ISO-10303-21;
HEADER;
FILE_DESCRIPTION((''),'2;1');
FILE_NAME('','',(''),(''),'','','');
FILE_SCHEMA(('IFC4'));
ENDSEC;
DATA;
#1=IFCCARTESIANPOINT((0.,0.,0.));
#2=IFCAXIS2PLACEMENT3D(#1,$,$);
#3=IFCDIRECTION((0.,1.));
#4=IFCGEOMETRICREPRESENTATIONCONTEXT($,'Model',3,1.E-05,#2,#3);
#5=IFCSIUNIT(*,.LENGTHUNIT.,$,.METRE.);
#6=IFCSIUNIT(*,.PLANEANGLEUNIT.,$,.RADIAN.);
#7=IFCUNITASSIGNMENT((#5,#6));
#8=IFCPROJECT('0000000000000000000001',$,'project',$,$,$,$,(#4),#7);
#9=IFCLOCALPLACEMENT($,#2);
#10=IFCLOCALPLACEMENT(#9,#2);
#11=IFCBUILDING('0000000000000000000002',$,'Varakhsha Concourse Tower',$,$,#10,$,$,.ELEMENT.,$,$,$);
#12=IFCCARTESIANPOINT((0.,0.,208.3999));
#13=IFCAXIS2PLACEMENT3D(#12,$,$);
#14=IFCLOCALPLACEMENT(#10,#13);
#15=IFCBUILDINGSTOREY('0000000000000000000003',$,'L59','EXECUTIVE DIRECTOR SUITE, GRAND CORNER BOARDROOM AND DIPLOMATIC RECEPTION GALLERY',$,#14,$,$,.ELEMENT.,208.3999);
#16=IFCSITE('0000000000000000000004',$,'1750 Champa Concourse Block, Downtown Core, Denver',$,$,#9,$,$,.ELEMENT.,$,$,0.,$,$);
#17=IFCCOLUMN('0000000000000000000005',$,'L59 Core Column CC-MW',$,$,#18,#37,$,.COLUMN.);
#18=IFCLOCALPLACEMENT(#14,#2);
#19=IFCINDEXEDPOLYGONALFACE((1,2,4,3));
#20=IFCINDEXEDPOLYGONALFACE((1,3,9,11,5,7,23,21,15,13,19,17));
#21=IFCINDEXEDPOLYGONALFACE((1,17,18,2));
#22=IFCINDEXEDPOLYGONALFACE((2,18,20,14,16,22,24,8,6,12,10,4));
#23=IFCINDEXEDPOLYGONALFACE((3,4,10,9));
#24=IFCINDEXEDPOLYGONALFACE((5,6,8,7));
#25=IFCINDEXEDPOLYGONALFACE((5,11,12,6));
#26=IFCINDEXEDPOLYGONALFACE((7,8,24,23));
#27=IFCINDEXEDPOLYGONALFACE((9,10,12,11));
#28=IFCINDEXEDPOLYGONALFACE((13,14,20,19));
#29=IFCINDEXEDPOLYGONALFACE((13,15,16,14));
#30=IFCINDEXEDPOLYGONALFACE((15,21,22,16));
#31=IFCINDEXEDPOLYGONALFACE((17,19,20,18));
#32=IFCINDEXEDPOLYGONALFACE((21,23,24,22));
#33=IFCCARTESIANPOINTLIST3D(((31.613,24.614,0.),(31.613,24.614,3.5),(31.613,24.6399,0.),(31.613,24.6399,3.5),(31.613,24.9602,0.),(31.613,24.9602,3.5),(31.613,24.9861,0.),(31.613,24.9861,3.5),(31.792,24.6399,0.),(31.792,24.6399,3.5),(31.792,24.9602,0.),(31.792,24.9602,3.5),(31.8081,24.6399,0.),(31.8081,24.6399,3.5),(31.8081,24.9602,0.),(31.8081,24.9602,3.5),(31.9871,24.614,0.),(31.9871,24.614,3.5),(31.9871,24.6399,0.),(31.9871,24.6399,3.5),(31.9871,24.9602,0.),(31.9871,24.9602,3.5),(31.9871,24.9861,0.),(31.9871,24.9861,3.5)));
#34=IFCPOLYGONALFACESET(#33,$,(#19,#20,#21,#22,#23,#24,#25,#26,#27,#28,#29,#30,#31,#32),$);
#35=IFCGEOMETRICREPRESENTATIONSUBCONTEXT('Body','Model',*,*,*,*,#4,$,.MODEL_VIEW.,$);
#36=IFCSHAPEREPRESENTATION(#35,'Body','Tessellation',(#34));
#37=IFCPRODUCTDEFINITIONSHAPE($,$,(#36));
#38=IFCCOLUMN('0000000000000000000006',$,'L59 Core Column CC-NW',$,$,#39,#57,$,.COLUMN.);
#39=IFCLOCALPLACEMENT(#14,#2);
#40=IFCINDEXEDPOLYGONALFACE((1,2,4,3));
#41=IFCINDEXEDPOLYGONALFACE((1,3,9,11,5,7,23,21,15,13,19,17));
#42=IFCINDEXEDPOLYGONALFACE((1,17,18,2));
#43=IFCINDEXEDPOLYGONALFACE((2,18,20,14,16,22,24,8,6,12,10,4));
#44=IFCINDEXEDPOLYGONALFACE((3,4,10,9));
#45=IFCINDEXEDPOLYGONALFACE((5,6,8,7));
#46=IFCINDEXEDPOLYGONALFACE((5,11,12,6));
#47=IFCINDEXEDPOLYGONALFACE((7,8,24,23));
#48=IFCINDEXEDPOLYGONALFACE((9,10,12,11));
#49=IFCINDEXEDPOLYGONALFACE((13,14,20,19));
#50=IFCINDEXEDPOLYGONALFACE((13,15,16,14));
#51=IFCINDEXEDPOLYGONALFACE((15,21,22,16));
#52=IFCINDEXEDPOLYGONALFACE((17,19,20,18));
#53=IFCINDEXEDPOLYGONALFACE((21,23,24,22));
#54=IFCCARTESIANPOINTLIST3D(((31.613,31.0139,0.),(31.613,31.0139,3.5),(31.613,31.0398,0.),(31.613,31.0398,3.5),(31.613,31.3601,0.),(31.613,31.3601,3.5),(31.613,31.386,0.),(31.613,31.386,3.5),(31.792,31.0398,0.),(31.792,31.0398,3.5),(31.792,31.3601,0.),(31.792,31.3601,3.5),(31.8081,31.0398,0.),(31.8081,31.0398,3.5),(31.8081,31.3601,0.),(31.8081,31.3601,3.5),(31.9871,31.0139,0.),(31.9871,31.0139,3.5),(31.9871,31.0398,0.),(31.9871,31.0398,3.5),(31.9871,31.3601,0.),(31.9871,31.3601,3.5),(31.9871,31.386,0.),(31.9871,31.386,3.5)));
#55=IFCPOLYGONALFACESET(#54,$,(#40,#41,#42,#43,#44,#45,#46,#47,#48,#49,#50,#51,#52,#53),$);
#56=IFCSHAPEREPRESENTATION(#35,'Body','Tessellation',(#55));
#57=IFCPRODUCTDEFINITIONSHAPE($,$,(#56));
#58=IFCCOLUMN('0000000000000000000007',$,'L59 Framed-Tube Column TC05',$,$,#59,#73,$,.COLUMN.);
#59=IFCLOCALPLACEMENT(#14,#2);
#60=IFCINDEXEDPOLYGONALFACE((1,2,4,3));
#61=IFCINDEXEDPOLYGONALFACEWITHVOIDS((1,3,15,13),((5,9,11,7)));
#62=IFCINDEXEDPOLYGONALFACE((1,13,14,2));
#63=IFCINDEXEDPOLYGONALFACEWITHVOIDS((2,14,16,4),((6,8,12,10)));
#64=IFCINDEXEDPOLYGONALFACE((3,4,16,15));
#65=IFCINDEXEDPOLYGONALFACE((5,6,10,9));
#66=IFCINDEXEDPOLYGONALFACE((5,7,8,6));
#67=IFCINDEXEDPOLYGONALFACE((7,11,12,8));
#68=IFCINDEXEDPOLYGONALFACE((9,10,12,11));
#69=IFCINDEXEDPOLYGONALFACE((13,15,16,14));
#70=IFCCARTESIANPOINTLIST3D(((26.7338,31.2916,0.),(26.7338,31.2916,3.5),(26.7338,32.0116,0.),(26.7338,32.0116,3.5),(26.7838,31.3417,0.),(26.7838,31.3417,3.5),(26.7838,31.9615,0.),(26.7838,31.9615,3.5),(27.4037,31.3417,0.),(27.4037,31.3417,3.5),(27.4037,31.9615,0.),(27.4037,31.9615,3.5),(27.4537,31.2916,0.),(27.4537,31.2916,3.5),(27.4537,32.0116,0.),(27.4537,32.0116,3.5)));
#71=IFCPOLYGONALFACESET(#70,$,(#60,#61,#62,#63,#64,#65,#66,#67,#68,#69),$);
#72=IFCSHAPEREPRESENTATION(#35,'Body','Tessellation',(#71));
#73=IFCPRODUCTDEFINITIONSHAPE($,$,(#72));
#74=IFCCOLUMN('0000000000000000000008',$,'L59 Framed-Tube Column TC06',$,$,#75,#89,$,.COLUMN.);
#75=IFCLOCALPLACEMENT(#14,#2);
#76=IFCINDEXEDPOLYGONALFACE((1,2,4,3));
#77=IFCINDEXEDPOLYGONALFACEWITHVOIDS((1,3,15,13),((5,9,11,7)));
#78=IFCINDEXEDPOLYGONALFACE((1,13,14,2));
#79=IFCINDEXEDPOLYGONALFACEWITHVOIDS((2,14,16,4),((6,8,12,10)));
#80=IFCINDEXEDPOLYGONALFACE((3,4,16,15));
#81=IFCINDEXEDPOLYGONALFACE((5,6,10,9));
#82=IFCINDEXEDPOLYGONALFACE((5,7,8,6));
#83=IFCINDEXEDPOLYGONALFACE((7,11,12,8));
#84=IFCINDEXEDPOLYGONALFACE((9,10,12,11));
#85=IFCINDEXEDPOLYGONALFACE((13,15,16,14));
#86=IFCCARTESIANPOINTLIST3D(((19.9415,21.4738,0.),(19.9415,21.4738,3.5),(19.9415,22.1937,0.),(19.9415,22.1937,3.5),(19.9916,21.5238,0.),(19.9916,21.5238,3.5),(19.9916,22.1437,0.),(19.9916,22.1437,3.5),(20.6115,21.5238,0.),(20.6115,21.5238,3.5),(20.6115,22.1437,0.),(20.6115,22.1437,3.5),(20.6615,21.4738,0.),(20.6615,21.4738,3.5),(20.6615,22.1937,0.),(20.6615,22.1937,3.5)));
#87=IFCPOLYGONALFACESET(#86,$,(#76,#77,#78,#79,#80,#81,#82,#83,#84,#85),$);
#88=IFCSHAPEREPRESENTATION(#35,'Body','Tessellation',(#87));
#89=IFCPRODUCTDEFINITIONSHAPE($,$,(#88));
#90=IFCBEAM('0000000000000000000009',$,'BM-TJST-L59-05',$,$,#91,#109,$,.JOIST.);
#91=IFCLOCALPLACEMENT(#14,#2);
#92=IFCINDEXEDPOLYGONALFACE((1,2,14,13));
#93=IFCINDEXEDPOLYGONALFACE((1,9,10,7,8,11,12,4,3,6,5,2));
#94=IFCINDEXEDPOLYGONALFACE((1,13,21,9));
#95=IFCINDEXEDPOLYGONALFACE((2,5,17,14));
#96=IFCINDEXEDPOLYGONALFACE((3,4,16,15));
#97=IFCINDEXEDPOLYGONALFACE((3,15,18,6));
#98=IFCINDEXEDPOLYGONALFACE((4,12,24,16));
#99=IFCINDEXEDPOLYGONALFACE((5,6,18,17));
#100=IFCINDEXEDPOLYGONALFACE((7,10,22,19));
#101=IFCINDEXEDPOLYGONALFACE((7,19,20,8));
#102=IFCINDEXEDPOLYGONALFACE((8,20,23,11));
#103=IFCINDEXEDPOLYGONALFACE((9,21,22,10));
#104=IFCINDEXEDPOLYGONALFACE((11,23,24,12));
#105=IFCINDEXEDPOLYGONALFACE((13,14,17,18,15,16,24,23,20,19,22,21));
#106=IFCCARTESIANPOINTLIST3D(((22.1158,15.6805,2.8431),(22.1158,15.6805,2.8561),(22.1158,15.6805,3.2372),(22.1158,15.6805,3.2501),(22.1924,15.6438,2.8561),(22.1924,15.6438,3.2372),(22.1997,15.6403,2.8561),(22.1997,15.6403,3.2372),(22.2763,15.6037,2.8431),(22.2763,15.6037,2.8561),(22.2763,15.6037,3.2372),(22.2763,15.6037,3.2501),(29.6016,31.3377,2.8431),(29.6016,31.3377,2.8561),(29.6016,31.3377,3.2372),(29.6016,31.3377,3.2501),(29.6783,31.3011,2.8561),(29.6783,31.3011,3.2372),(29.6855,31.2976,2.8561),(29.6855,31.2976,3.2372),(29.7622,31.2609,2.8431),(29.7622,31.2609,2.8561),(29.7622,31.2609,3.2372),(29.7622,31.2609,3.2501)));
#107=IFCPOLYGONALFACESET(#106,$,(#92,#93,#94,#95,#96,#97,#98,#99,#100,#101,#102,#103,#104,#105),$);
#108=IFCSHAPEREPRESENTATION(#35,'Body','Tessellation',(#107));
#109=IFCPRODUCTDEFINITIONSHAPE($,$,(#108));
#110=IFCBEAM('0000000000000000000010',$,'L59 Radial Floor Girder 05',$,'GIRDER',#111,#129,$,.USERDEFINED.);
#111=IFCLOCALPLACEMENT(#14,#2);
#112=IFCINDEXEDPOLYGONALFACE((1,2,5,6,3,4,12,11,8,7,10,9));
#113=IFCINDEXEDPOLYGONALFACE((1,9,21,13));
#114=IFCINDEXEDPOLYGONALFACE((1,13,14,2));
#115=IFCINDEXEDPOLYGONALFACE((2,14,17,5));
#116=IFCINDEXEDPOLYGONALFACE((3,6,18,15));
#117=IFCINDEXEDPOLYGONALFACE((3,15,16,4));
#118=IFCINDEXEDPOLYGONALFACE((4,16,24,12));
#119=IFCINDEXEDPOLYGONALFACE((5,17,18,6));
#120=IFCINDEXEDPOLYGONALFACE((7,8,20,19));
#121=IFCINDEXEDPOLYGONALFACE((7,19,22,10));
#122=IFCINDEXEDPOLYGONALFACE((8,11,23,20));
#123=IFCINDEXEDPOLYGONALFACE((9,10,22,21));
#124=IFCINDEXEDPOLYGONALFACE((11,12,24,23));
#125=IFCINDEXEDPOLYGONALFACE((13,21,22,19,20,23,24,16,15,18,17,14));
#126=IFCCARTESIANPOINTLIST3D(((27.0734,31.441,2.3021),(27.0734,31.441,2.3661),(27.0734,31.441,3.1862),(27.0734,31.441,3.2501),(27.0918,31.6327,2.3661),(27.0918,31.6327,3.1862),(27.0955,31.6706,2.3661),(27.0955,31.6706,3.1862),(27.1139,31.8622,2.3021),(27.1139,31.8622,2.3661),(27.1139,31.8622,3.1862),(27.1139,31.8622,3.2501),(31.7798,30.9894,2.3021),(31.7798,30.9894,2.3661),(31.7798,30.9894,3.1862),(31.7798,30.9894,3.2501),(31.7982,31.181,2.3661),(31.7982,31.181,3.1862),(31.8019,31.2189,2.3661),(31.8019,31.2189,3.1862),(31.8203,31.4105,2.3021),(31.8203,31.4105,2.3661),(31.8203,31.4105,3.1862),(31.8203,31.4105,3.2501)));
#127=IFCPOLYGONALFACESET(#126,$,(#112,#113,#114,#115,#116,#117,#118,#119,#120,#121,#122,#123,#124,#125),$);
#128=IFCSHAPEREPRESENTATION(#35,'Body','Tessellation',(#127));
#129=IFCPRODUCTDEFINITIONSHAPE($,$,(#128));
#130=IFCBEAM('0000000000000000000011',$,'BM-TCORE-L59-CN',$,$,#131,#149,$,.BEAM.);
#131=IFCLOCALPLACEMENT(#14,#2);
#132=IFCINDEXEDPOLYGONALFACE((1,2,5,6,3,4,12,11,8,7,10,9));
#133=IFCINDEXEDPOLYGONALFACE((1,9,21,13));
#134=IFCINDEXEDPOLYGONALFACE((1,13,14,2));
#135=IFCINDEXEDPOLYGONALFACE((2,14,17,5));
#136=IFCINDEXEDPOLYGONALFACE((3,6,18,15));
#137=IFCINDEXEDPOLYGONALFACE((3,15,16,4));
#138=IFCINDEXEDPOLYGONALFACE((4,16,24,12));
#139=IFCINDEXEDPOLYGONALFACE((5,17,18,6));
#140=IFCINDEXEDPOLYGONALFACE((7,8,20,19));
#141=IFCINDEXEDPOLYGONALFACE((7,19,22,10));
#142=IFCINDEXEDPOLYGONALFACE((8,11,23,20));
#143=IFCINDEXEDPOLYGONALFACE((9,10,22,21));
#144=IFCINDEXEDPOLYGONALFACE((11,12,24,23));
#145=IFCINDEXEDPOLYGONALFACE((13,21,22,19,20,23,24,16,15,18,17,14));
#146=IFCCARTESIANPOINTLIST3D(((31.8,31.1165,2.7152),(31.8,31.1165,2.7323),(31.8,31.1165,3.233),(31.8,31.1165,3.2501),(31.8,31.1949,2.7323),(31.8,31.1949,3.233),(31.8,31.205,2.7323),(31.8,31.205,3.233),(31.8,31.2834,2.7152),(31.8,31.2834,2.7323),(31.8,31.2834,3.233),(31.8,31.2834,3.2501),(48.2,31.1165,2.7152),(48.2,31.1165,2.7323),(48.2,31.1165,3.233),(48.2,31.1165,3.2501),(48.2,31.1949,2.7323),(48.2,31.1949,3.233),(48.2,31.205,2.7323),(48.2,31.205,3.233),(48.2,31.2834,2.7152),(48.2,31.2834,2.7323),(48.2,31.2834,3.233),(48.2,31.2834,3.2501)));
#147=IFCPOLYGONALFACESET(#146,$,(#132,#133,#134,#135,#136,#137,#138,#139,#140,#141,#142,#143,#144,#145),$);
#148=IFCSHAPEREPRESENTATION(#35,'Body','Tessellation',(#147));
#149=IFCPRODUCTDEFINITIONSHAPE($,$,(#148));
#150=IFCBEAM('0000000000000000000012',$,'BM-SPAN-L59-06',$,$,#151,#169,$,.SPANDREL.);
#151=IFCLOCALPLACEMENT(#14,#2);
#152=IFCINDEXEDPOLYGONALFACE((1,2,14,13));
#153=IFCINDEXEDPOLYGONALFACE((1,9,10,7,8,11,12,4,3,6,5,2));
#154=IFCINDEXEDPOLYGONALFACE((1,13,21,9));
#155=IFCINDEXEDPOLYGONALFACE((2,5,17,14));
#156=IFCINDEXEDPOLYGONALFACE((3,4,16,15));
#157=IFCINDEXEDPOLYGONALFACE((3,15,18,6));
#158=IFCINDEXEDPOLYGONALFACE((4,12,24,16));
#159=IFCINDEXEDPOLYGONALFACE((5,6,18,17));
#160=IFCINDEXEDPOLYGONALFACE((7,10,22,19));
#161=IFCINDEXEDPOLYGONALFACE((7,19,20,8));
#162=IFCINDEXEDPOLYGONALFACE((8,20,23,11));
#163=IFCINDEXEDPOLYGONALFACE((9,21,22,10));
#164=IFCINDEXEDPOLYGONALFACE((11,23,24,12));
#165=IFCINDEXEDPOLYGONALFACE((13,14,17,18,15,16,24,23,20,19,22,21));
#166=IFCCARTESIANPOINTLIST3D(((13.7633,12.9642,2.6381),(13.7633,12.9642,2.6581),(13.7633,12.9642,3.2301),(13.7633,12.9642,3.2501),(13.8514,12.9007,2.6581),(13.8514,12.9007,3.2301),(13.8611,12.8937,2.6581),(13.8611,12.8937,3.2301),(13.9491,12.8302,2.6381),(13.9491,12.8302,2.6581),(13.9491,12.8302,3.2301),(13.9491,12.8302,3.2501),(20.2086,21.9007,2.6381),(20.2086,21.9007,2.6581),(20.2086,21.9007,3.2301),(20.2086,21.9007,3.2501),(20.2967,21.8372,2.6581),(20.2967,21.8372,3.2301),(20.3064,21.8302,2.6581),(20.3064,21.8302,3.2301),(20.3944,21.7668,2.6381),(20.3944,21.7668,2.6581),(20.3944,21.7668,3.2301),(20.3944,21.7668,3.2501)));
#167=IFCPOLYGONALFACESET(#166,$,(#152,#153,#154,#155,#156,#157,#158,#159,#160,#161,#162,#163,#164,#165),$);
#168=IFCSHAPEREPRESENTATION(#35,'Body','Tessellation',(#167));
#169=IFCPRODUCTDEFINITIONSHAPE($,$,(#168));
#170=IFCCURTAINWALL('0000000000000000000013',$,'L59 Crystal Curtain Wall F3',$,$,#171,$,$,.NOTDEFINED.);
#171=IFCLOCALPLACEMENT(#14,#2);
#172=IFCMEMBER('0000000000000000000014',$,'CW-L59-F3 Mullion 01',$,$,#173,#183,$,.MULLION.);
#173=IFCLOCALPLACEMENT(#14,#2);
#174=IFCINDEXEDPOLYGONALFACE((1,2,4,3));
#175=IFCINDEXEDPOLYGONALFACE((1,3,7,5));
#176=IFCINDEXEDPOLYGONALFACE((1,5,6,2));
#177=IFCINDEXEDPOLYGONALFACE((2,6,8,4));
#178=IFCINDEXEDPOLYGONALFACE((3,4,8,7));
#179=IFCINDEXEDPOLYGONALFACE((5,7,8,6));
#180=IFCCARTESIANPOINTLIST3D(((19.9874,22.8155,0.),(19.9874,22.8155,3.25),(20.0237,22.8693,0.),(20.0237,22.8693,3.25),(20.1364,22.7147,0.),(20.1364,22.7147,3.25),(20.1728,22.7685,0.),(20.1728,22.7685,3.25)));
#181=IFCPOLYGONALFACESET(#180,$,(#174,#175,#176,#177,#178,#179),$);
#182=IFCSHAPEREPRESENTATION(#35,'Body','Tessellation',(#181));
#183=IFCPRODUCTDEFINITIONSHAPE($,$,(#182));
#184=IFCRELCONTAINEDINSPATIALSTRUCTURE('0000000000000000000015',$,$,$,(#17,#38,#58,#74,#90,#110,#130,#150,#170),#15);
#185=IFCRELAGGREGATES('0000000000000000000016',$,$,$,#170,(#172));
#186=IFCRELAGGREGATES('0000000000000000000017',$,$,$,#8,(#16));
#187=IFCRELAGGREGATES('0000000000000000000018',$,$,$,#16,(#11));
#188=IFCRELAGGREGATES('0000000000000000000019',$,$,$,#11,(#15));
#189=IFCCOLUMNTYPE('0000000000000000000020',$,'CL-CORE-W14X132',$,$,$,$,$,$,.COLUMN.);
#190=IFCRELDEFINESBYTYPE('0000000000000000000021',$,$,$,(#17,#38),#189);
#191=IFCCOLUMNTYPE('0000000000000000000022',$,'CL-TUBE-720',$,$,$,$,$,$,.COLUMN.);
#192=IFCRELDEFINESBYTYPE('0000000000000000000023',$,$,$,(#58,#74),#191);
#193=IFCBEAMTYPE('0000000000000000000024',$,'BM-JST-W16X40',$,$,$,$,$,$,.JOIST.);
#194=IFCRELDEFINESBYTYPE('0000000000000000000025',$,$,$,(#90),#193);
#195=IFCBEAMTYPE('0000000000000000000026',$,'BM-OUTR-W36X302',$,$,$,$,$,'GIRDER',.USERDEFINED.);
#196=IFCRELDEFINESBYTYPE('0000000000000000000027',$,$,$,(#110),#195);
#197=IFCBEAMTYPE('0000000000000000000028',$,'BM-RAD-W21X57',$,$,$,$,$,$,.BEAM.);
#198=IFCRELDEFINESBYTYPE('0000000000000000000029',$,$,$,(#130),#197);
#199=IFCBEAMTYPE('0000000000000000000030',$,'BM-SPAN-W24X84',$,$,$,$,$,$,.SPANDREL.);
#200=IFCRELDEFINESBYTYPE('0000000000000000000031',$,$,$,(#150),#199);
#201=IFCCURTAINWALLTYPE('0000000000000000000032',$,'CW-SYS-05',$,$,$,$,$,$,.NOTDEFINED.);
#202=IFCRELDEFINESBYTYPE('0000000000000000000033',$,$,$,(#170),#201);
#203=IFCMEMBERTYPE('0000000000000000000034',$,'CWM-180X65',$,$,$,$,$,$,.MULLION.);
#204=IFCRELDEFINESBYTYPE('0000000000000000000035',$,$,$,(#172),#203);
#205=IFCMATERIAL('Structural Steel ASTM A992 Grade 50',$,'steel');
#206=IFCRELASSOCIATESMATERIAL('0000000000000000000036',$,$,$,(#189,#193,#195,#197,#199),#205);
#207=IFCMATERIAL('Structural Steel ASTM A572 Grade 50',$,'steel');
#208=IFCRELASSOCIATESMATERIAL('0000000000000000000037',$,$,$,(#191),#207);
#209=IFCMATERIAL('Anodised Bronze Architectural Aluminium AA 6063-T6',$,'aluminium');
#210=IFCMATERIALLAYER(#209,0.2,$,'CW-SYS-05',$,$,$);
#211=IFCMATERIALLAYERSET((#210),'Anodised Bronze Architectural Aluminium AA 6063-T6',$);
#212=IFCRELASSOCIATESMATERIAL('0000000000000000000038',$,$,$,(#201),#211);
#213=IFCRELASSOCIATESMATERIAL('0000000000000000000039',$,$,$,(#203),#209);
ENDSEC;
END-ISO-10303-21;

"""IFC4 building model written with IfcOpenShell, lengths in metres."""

from ifc_helpers import new_model, si_unit, direction, frame, origin, origin_2d, place, context, subcontext, project, spatial, rectangle, hollow_rectangle, i_section, extrude, source, transform, mapped, material, layer, layer_set, material_profile, profile_set, type_object, type_shapes, element, aggregate, save


model = new_model("IFC4")

# Units and contexts
model_context = context("Model", 3, precision=1e-05, world=origin(), true_north=direction((0.0, 1.0)))
body_context = subcontext(model_context, "Body", "Model", "MODEL_VIEW")
ifc_project = project(units=[si_unit("LENGTHUNIT", "METRE"), si_unit("PLANEANGLEUNIT", "RADIAN")], contexts=[model_context])

# Site, building, storey
site_placement = place(None, origin())
site = spatial("IfcSite", under=ifc_project, at=site_placement, Name="1750 Champa Concourse Block, Downtown Core, Denver", CompositionType="ELEMENT", RefElevation=0.0)
building_placement = place(site_placement, origin())
building = spatial("IfcBuilding", under=site, at=building_placement, Name="Varakhsha Concourse Tower", CompositionType="ELEMENT")
storey_placement = place(building_placement, frame((0.0, 0.0, 208.3999)))
storey = spatial("IfcBuildingStorey", under=building, at=storey_placement, Name="L59", Description="EXECUTIVE DIRECTOR SUITE, GRAND CORNER BOARDROOM AND DIPLOMATIC RECEPTION GALLERY", CompositionType="ELEMENT", Elevation=208.3999)

# Columns
ifc_material_1 = material(Name="Structural Steel ASTM A992 Grade 50", Category="steel")
ifc_material_profile_1 = material_profile(ifc_material_1, i_section(OverallWidth=0.374, OverallDepth=0.3721, WebThickness=0.0161, FlangeThickness=0.0259, at=origin_2d()), Name="W14X132")
ifc_profile_set_1 = profile_set([ifc_material_profile_1], Name="Structural Steel ASTM A992 Grade 50")
column_type_1 = type_object("IfcColumnType", Name="CL-CORE-W14X132", PredefinedType="COLUMN", material=ifc_profile_set_1)
for number, where, z_axis, x_axis, name in (
    (1, (31.8, 24.8, 0.0), (0.0, 0.0, 1.0), (1.0, 0.0, 0.0), "L59 Core Column CC-MW"),
    (2, (31.8, 31.2, 0.0), (0.0, 0.0, 1.0), (1.0, 0.0, 0.0), "L59 Core Column CC-NW"),
):
    element("IfcColumn", number, at=place(storey_placement, frame(where, z_axis=z_axis, x_axis=x_axis)), inside=storey, type_object=column_type_1, Name=name, PredefinedType="COLUMN", context=body_context, shape_type="SweptSolid", body=[
        extrude(i_section(OverallWidth=0.374, OverallDepth=0.3721, WebThickness=0.0161, FlangeThickness=0.0259, at=origin_2d()), origin(), (0.0, 0.0, 1.0), 3.5),
    ])
ifc_material_2 = material(Name="Structural Steel ASTM A572 Grade 50", Category="steel")
ifc_material_profile_2 = material_profile(ifc_material_2, hollow_rectangle(XDim=0.72, YDim=0.72, WallThickness=0.05, at=origin_2d()), Name="BOX 720x720x50")
ifc_profile_set_2 = profile_set([ifc_material_profile_2], Name="Structural Steel ASTM A572 Grade 50")
column_type_2 = type_object("IfcColumnType", Name="CL-TUBE-720", PredefinedType="COLUMN", material=ifc_profile_set_2)
for number, where, z_axis, x_axis, name in (
    (3, (27.0938, 31.6516, 0.0), (0.0, 0.0, 1.0), (1.0, 0.0, 0.0), "L59 Framed-Tube Column TC05"),
    (4, (20.3015, 21.8337, 0.0), (0.0, 0.0, 1.0), (1.0, 0.0, 0.0), "L59 Framed-Tube Column TC06"),
):
    element("IfcColumn", number, at=place(storey_placement, frame(where, z_axis=z_axis, x_axis=x_axis)), inside=storey, type_object=column_type_2, Name=name, PredefinedType="COLUMN", context=body_context, shape_type="SweptSolid", body=[
        extrude(hollow_rectangle(XDim=0.72, YDim=0.72, WallThickness=0.05, at=origin_2d()), origin(), (0.0, 0.0, 1.0), 3.5),
    ])

# Beams
ifc_material_profile_3 = material_profile(ifc_material_1, i_section(OverallWidth=0.178, OverallDepth=0.407, WebThickness=0.0081, FlangeThickness=0.0129, at=origin_2d()), Name="W16X40")
ifc_profile_set_3 = profile_set([ifc_material_profile_3], Name="Structural Steel ASTM A992 Grade 50")
beam_type_1 = type_object("IfcBeamType", Name="BM-JST-W16X40", PredefinedType="JOIST", material=ifc_profile_set_3)
beam_1_placement = place(storey_placement, frame((29.6819, 31.2993, 3.0466), z_axis=(-0.431343, -0.902188, 0.0), x_axis=(0.902188, -0.431343, 0.0)))
element("IfcBeam", 5, at=beam_1_placement, inside=storey, type_object=beam_type_1, Name="BM-TJST-L59-05", PredefinedType="JOIST", context=body_context, shape_type="SweptSolid", body=[
    extrude(i_section(OverallWidth=0.178, OverallDepth=0.407, WebThickness=0.0081, FlangeThickness=0.0129, at=origin_2d()), origin(), (0.0, 0.0, 1.0), 17.3547),
])
ifc_material_profile_4 = material_profile(ifc_material_1, i_section(OverallWidth=0.4231, OverallDepth=0.948, WebThickness=0.0381, FlangeThickness=0.064, at=origin_2d()), Name="W36X302")
ifc_profile_set_4 = profile_set([ifc_material_profile_4], Name="Structural Steel ASTM A992 Grade 50")
beam_type_2 = type_object("IfcBeamType", Name="BM-OUTR-W36X302", ElementType="GIRDER", PredefinedType="USERDEFINED", material=ifc_profile_set_4)
beam_2_placement = place(storey_placement, frame((31.8, 31.2, 2.7761), z_axis=(-0.995427, 0.09553, 0.0), x_axis=(-0.09553, -0.995427, 0.0)))
element("IfcBeam", 6, at=beam_2_placement, inside=storey, type_object=beam_type_2, Name="L59 Radial Floor Girder 05", ObjectType="GIRDER", PredefinedType="USERDEFINED", context=body_context, shape_type="SweptSolid", body=[
    extrude(i_section(OverallWidth=0.4231, OverallDepth=0.948, WebThickness=0.0381, FlangeThickness=0.064, at=origin_2d()), origin(), (0.0, 0.0, 1.0), 4.728),
])
ifc_material_profile_5 = material_profile(ifc_material_1, i_section(OverallWidth=0.167, OverallDepth=0.5349, WebThickness=0.01, FlangeThickness=0.0171, at=origin_2d()), Name="W21X57")
ifc_profile_set_5 = profile_set([ifc_material_profile_5], Name="Structural Steel ASTM A992 Grade 50")
beam_type_3 = type_object("IfcBeamType", Name="BM-RAD-W21X57", PredefinedType="BEAM", material=ifc_profile_set_5)
beam_3_placement = place(storey_placement, frame((31.8, 31.2, 2.9827), z_axis=(1.0, 0.0, 0.0), x_axis=(0.0, 1.0, 0.0)))
element("IfcBeam", 7, at=beam_3_placement, inside=storey, type_object=beam_type_3, Name="BM-TCORE-L59-CN", PredefinedType="BEAM", context=body_context, shape_type="SweptSolid", body=[
    extrude(i_section(OverallWidth=0.167, OverallDepth=0.5349, WebThickness=0.01, FlangeThickness=0.0171, at=origin_2d()), origin(), (0.0, 0.0, 1.0), 16.3999),
])
ifc_material_profile_6 = material_profile(ifc_material_1, i_section(OverallWidth=0.229, OverallDepth=0.6121, WebThickness=0.012, FlangeThickness=0.02, at=origin_2d()), Name="W24X84")
ifc_profile_set_6 = profile_set([ifc_material_profile_6], Name="Structural Steel ASTM A992 Grade 50")
beam_type_4 = type_object("IfcBeamType", Name="BM-SPAN-W24X84", PredefinedType="SPANDREL", material=ifc_profile_set_6)
beam_4_placement = place(storey_placement, frame((20.3015, 21.8337, 2.9441), z_axis=(-0.584963, -0.81106, 0.0), x_axis=(0.81106, -0.584963, 0.0)))
element("IfcBeam", 8, at=beam_4_placement, inside=storey, type_object=beam_type_4, Name="BM-SPAN-L59-06", PredefinedType="SPANDREL", context=body_context, shape_type="SweptSolid", body=[
    extrude(i_section(OverallWidth=0.229, OverallDepth=0.6121, WebThickness=0.012, FlangeThickness=0.02, at=origin_2d()), origin(), (0.0, 0.0, 1.0), 11.0183),
])

# Curtain wall, member
ifc_material_3 = material(Name="Anodised Bronze Architectural Aluminium AA 6063-T6", Category="aluminium")
ifc_layer_1 = layer(ifc_material_3, 0.2, Name="CW-SYS-05")
ifc_layer_set_1 = layer_set([ifc_layer_1], Name="Anodised Bronze Architectural Aluminium AA 6063-T6")
curtain_wall_type = type_object("IfcCurtainWallType", Name="CW-SYS-05", PredefinedType="NOTDEFINED", material=ifc_layer_set_1)
curtain_wall_placement = place(storey_placement, origin())
curtain_wall = element("IfcCurtainWall", 9, at=curtain_wall_placement, inside=storey, type_object=curtain_wall_type, Name="L59 Crystal Curtain Wall F3", PredefinedType="NOTDEFINED")
ifc_material_profile_7 = material_profile(ifc_material_3, rectangle(XDim=0.0649, YDim=0.1799, at=origin_2d()), Name="CWM-180X65")
ifc_profile_set_7 = profile_set([ifc_material_profile_7], Name="Anodised Bronze Architectural Aluminium AA 6063-T6")
member_type = type_object("IfcMemberType", Name="CWM-180X65", PredefinedType="MULLION", material=ifc_profile_set_7)
shared_shape_1 = source(origin(), body_context, "Body", "SweptSolid", [
    extrude(rectangle(XDim=0.0649, YDim=0.1799, at=origin_2d()), origin(), (0.0, 0.0, 1.0), 3.25),
])
type_shapes(member_type, [shared_shape_1])
member_placement = place(storey_placement, frame((20.0801, 22.792, 0.0), z_axis=(0.0, 0.0, 1.0), x_axis=(0.559999, 0.828494, 0.0)))
member = element("IfcMember", 10, at=member_placement, type_object=member_type, Name="CW-L59-F3 Mullion 01", PredefinedType="MULLION", context=body_context, shape_type="MappedRepresentation", body=[
    mapped(shared_shape_1, transform((0.0, 0.0, 0.0), scale=1.0)),
])
aggregate(curtain_wall, [member])

save(model, "model.ifc")
